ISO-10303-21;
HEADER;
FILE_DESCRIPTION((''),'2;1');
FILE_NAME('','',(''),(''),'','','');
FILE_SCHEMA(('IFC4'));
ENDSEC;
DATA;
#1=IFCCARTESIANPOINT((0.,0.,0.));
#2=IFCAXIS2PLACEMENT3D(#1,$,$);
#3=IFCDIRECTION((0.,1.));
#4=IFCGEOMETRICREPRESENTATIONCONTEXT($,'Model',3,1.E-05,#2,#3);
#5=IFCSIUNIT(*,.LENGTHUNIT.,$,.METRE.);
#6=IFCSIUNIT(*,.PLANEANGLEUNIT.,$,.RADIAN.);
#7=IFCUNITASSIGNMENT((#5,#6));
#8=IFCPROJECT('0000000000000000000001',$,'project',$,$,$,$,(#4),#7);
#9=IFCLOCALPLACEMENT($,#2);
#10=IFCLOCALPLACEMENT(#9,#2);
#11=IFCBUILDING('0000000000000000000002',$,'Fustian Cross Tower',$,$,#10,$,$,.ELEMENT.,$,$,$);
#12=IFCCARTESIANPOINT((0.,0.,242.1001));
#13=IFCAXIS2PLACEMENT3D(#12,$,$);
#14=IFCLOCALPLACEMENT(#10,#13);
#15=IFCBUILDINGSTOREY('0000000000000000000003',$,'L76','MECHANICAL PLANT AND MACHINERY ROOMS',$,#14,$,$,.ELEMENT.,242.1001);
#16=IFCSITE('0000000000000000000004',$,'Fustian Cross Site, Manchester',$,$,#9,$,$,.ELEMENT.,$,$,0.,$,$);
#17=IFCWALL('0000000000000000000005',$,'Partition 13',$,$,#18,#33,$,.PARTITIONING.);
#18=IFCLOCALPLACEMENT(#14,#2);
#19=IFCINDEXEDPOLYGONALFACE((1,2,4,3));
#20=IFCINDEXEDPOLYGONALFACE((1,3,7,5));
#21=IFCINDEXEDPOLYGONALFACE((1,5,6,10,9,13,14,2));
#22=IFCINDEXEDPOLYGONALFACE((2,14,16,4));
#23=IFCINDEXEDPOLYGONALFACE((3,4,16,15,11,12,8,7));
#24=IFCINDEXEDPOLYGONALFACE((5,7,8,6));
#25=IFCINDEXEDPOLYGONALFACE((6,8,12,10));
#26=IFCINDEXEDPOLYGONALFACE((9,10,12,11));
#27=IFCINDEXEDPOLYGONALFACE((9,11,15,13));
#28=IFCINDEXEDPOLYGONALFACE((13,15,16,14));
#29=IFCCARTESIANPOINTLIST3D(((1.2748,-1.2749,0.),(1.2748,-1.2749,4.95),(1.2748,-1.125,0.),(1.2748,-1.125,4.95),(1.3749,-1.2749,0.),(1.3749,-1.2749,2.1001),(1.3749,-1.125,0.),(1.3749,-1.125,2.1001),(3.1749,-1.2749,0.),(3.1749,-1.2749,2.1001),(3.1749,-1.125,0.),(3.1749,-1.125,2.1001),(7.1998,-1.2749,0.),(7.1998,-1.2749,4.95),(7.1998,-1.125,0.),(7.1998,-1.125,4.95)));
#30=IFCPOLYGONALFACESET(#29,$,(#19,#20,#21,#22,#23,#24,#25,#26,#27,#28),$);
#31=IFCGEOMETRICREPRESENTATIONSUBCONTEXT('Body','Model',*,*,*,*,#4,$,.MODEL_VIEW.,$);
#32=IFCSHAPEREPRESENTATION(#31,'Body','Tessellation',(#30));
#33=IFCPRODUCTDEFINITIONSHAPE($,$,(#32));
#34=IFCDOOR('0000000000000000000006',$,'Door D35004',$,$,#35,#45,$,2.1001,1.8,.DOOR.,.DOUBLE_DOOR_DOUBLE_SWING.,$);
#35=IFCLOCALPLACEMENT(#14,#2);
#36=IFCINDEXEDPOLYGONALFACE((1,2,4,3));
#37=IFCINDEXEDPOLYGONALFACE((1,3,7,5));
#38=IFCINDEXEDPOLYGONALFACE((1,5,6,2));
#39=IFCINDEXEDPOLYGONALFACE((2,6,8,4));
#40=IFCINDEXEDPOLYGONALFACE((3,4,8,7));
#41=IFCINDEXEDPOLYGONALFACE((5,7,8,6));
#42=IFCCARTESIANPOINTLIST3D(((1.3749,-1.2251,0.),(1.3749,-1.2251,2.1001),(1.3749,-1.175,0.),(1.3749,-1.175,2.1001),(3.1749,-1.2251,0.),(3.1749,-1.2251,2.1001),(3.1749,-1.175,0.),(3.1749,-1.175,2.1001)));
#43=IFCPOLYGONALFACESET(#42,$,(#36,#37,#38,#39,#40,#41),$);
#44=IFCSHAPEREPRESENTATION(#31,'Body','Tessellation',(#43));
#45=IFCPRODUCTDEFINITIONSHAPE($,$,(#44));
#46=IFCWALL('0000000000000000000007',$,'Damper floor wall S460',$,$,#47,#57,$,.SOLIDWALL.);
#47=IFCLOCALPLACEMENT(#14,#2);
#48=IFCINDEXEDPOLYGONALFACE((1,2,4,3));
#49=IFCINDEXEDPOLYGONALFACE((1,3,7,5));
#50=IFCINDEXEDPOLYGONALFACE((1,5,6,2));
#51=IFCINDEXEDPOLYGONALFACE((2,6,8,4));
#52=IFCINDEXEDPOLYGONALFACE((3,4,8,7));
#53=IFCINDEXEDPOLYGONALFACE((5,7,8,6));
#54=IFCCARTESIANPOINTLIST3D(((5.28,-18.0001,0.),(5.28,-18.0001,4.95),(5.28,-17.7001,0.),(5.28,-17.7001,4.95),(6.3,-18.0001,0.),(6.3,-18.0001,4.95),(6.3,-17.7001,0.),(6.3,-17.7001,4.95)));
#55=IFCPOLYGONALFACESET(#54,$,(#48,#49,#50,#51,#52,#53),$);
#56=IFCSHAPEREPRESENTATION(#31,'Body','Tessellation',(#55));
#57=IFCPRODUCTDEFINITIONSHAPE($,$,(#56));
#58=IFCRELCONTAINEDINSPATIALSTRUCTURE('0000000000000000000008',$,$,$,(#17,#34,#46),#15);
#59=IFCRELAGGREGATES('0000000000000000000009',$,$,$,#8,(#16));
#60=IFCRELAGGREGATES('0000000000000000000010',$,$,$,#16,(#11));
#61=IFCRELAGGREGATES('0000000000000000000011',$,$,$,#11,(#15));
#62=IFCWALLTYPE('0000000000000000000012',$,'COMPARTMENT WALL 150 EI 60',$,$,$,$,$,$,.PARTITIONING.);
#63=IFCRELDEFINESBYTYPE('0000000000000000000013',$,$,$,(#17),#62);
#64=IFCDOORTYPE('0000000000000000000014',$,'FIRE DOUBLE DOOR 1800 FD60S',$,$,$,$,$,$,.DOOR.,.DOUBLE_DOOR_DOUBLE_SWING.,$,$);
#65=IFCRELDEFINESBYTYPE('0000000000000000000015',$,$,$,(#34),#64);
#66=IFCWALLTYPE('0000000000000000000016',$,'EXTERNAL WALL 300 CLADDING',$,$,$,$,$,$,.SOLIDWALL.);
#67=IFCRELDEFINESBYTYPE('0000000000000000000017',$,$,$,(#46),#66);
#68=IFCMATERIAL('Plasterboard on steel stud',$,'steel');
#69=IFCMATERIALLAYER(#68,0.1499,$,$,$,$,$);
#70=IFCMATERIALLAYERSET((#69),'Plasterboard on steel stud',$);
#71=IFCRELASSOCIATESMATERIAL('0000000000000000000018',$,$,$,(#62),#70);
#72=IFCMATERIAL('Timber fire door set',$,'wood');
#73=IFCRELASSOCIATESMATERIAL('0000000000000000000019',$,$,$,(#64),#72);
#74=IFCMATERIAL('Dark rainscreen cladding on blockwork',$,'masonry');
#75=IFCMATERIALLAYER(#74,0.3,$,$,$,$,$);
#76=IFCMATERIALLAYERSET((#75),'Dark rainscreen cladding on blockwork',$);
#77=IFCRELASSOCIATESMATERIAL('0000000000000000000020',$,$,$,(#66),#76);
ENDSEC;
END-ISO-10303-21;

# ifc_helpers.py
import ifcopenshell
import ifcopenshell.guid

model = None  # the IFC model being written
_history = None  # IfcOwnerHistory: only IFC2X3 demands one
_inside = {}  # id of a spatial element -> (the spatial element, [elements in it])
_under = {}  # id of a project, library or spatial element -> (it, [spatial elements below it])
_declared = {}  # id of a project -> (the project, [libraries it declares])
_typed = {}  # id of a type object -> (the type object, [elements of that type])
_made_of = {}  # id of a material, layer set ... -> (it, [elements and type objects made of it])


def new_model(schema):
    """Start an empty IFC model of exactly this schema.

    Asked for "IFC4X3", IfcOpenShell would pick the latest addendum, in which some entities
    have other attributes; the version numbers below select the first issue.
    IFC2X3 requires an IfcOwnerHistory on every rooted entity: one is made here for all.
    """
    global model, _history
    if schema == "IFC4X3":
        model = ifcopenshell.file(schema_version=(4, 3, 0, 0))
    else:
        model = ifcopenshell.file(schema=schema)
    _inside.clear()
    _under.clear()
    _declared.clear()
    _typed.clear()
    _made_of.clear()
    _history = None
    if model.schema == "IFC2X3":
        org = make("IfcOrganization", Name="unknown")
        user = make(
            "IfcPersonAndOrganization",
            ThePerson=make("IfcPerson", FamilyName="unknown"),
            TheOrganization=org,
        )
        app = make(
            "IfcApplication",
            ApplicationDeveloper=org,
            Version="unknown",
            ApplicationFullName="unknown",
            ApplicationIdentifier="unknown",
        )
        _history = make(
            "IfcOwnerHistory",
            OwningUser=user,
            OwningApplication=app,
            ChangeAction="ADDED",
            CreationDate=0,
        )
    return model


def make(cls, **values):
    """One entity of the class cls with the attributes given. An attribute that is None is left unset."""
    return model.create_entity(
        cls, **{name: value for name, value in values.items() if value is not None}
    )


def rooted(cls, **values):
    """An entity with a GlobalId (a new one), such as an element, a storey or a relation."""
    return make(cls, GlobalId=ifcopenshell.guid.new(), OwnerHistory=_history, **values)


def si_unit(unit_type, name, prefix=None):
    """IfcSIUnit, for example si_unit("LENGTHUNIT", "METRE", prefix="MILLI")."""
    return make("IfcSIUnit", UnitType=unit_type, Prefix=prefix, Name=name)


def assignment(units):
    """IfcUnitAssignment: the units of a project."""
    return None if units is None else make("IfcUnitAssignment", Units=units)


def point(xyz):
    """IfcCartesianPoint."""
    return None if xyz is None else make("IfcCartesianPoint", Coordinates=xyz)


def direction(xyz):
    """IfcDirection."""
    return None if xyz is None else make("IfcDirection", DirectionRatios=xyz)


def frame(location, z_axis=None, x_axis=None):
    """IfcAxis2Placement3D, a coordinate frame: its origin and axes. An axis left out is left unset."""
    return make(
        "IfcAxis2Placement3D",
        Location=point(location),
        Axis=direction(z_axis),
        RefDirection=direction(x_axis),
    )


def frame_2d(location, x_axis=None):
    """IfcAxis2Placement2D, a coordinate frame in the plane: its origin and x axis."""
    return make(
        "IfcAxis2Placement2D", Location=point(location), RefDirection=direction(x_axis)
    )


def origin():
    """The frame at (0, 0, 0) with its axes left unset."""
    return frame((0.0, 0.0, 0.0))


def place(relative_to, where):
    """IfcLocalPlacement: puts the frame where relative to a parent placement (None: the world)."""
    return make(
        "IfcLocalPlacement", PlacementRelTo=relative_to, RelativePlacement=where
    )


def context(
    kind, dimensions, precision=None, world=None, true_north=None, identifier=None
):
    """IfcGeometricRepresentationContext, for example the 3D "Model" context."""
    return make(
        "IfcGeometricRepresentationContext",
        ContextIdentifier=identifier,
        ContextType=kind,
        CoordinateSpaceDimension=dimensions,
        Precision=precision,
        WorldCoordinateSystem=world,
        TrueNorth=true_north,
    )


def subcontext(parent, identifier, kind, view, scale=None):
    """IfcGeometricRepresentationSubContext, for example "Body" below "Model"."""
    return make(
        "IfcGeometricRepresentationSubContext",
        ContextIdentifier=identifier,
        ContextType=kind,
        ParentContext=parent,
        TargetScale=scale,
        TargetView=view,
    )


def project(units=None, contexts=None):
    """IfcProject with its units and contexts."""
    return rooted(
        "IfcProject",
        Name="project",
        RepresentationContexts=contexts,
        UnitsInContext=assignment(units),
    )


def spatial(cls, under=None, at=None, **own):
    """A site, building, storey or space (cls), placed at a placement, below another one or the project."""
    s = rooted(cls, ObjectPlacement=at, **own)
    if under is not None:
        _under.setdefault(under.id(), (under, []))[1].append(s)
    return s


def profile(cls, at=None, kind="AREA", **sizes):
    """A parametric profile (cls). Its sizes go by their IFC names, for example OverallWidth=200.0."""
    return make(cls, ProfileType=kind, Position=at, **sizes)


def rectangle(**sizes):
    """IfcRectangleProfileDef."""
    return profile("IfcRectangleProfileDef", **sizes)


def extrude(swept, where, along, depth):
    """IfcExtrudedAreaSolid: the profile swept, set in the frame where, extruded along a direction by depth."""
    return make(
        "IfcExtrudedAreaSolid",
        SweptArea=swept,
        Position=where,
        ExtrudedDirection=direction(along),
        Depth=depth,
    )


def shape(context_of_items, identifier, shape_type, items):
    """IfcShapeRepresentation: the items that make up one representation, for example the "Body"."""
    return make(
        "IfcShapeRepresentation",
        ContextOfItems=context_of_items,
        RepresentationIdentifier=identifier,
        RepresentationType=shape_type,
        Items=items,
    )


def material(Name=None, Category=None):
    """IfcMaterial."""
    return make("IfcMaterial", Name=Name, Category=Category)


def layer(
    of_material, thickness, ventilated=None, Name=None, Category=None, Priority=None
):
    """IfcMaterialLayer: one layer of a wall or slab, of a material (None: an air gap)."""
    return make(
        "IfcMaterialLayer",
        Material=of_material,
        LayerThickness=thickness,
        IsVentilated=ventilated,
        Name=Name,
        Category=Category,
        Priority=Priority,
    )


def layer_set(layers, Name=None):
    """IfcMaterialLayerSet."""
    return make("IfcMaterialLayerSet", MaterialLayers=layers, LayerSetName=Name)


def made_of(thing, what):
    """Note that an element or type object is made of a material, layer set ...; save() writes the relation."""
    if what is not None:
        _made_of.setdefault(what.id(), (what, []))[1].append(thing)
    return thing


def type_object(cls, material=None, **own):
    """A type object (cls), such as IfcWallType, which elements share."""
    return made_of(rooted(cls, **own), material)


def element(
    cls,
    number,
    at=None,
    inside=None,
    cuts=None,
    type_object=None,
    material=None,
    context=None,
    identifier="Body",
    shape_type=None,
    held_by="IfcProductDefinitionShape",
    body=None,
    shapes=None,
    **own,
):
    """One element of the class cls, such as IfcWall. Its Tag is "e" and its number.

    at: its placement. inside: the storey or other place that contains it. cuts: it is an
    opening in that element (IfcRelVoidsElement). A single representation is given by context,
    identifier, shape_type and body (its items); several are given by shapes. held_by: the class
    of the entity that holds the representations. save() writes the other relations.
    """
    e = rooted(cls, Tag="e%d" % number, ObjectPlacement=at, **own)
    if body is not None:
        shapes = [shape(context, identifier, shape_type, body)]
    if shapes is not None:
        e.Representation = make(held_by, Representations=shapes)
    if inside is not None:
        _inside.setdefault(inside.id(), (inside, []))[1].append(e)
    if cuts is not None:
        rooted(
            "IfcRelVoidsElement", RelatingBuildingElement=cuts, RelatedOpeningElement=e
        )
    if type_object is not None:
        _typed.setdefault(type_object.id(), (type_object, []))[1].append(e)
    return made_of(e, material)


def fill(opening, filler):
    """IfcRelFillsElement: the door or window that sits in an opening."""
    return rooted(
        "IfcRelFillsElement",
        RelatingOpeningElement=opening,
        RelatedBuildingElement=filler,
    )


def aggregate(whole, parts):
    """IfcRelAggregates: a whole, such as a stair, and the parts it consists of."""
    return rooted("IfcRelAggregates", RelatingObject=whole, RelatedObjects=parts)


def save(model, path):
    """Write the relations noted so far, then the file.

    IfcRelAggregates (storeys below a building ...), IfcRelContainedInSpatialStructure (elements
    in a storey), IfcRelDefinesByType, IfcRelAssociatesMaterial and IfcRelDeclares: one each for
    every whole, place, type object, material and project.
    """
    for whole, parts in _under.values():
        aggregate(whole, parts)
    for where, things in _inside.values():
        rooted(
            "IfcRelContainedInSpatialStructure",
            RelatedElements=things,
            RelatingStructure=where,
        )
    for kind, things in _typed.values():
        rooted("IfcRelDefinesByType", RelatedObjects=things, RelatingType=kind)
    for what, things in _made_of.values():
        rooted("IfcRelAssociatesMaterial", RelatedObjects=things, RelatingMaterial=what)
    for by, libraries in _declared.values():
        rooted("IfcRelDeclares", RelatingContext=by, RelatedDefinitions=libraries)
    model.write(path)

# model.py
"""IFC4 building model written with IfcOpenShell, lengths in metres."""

from ifc_helpers import new_model, si_unit, direction, frame, frame_2d, origin, place, context, subcontext, project, spatial, rectangle, extrude, material, layer, layer_set, type_object, element, fill, save


model = new_model("IFC4")

# Units and contexts
model_context = context("Model", 3, precision=1e-05, world=origin(), true_north=direction((0.0, 1.0)))
body_context = subcontext(model_context, "Body", "Model", "MODEL_VIEW")
ifc_project = project(units=[si_unit("LENGTHUNIT", "METRE"), si_unit("PLANEANGLEUNIT", "RADIAN")], contexts=[model_context])

# Site, building, storey
site_placement = place(None, origin())
site = spatial("IfcSite", under=ifc_project, at=site_placement, Name="Fustian Cross Site, Manchester", CompositionType="ELEMENT", RefElevation=0.0)
building_placement = place(site_placement, origin())
building = spatial("IfcBuilding", under=site, at=building_placement, Name="Fustian Cross Tower", CompositionType="ELEMENT")
storey_placement = place(building_placement, frame((0.0, 0.0, 242.1001)))
storey = spatial("IfcBuildingStorey", under=building, at=storey_placement, Name="L76", Description="MECHANICAL PLANT AND MACHINERY ROOMS", CompositionType="ELEMENT", Elevation=242.1001)

# Shared definitions
ifc_material_1 = material(Name="Plasterboard on steel stud", Category="steel")
ifc_layer_1 = layer(ifc_material_1, 0.1499)
ifc_layer_set_1 = layer_set([ifc_layer_1], Name="Plasterboard on steel stud")
wall_type_1 = type_object("IfcWallType", Name="COMPARTMENT WALL 150 EI 60", PredefinedType="PARTITIONING", material=ifc_layer_set_1)

# Wall, opening, door
wall_1_placement = place(storey_placement, frame((1.2749, -1.2, 0.0), z_axis=(0.0, 0.0, 1.0), x_axis=(1.0, 0.0, 0.0)))
wall_1 = element("IfcWall", 1, at=wall_1_placement, inside=storey, type_object=wall_type_1, Name="Partition 13", PredefinedType="PARTITIONING", context=body_context, shape_type="SweptSolid", body=[
    extrude(rectangle(XDim=5.925, YDim=0.1499, at=frame_2d((2.9624, 0.0))), origin(), (0.0, 0.0, 1.0), 4.95),
])
opening_placement = place(wall_1_placement, frame((0.1001, 0.0, 0.0)))
opening = element("IfcOpeningElement", 2, at=opening_placement, cuts=wall_1, PredefinedType="OPENING", context=body_context, shape_type="SweptSolid", body=[
    extrude(rectangle(XDim=1.8, YDim=2.1001, at=frame_2d((0.8999, 1.05))), frame((0.0, 0.085, 0.0), z_axis=(0.0, -1.0, 0.0), x_axis=(1.0, 0.0, 0.0)), (0.0, 0.0, 1.0), 0.1699),
])
ifc_material_2 = material(Name="Timber fire door set", Category="wood")
door_type = type_object("IfcDoorType", Name="FIRE DOUBLE DOOR 1800 FD60S", OperationType="DOUBLE_DOOR_DOUBLE_SWING", PredefinedType="DOOR", material=ifc_material_2)
door_placement = place(opening_placement, origin())
door = element("IfcDoor", 3, at=door_placement, inside=storey, type_object=door_type, Name="Door D35004", OperationType="DOUBLE_DOOR_DOUBLE_SWING", OverallHeight=2.1001, OverallWidth=1.8, PredefinedType="DOOR", context=body_context, shape_type="SweptSolid", body=[
    extrude(rectangle(XDim=1.8, YDim=2.1001, at=frame_2d((0.8999, 1.05))), frame((0.0, 0.0249, 0.0), z_axis=(0.0, -1.0, 0.0), x_axis=(1.0, 0.0, 0.0)), (0.0, 0.0, 1.0), 0.05),
])
fill(opening, door)

# Wall
ifc_material_3 = material(Name="Dark rainscreen cladding on blockwork", Category="masonry")
ifc_layer_2 = layer(ifc_material_3, 0.3)
ifc_layer_set_2 = layer_set([ifc_layer_2], Name="Dark rainscreen cladding on blockwork")
wall_type_2 = type_object("IfcWallType", Name="EXTERNAL WALL 300 CLADDING", PredefinedType="SOLIDWALL", material=ifc_layer_set_2)
wall_2_placement = place(storey_placement, frame((5.28, -17.8501, 0.0), z_axis=(0.0, 0.0, 1.0), x_axis=(1.0, 0.0, 0.0)))
element("IfcWall", 4, at=wall_2_placement, inside=storey, type_object=wall_type_2, Name="Damper floor wall S460", PredefinedType="SOLIDWALL", context=body_context, shape_type="SweptSolid", body=[
    extrude(rectangle(XDim=1.02, YDim=0.3, at=frame_2d((0.51, 0.0))), origin(), (0.0, 0.0, 1.0), 4.95),
])

save(model, "model.ifc")
